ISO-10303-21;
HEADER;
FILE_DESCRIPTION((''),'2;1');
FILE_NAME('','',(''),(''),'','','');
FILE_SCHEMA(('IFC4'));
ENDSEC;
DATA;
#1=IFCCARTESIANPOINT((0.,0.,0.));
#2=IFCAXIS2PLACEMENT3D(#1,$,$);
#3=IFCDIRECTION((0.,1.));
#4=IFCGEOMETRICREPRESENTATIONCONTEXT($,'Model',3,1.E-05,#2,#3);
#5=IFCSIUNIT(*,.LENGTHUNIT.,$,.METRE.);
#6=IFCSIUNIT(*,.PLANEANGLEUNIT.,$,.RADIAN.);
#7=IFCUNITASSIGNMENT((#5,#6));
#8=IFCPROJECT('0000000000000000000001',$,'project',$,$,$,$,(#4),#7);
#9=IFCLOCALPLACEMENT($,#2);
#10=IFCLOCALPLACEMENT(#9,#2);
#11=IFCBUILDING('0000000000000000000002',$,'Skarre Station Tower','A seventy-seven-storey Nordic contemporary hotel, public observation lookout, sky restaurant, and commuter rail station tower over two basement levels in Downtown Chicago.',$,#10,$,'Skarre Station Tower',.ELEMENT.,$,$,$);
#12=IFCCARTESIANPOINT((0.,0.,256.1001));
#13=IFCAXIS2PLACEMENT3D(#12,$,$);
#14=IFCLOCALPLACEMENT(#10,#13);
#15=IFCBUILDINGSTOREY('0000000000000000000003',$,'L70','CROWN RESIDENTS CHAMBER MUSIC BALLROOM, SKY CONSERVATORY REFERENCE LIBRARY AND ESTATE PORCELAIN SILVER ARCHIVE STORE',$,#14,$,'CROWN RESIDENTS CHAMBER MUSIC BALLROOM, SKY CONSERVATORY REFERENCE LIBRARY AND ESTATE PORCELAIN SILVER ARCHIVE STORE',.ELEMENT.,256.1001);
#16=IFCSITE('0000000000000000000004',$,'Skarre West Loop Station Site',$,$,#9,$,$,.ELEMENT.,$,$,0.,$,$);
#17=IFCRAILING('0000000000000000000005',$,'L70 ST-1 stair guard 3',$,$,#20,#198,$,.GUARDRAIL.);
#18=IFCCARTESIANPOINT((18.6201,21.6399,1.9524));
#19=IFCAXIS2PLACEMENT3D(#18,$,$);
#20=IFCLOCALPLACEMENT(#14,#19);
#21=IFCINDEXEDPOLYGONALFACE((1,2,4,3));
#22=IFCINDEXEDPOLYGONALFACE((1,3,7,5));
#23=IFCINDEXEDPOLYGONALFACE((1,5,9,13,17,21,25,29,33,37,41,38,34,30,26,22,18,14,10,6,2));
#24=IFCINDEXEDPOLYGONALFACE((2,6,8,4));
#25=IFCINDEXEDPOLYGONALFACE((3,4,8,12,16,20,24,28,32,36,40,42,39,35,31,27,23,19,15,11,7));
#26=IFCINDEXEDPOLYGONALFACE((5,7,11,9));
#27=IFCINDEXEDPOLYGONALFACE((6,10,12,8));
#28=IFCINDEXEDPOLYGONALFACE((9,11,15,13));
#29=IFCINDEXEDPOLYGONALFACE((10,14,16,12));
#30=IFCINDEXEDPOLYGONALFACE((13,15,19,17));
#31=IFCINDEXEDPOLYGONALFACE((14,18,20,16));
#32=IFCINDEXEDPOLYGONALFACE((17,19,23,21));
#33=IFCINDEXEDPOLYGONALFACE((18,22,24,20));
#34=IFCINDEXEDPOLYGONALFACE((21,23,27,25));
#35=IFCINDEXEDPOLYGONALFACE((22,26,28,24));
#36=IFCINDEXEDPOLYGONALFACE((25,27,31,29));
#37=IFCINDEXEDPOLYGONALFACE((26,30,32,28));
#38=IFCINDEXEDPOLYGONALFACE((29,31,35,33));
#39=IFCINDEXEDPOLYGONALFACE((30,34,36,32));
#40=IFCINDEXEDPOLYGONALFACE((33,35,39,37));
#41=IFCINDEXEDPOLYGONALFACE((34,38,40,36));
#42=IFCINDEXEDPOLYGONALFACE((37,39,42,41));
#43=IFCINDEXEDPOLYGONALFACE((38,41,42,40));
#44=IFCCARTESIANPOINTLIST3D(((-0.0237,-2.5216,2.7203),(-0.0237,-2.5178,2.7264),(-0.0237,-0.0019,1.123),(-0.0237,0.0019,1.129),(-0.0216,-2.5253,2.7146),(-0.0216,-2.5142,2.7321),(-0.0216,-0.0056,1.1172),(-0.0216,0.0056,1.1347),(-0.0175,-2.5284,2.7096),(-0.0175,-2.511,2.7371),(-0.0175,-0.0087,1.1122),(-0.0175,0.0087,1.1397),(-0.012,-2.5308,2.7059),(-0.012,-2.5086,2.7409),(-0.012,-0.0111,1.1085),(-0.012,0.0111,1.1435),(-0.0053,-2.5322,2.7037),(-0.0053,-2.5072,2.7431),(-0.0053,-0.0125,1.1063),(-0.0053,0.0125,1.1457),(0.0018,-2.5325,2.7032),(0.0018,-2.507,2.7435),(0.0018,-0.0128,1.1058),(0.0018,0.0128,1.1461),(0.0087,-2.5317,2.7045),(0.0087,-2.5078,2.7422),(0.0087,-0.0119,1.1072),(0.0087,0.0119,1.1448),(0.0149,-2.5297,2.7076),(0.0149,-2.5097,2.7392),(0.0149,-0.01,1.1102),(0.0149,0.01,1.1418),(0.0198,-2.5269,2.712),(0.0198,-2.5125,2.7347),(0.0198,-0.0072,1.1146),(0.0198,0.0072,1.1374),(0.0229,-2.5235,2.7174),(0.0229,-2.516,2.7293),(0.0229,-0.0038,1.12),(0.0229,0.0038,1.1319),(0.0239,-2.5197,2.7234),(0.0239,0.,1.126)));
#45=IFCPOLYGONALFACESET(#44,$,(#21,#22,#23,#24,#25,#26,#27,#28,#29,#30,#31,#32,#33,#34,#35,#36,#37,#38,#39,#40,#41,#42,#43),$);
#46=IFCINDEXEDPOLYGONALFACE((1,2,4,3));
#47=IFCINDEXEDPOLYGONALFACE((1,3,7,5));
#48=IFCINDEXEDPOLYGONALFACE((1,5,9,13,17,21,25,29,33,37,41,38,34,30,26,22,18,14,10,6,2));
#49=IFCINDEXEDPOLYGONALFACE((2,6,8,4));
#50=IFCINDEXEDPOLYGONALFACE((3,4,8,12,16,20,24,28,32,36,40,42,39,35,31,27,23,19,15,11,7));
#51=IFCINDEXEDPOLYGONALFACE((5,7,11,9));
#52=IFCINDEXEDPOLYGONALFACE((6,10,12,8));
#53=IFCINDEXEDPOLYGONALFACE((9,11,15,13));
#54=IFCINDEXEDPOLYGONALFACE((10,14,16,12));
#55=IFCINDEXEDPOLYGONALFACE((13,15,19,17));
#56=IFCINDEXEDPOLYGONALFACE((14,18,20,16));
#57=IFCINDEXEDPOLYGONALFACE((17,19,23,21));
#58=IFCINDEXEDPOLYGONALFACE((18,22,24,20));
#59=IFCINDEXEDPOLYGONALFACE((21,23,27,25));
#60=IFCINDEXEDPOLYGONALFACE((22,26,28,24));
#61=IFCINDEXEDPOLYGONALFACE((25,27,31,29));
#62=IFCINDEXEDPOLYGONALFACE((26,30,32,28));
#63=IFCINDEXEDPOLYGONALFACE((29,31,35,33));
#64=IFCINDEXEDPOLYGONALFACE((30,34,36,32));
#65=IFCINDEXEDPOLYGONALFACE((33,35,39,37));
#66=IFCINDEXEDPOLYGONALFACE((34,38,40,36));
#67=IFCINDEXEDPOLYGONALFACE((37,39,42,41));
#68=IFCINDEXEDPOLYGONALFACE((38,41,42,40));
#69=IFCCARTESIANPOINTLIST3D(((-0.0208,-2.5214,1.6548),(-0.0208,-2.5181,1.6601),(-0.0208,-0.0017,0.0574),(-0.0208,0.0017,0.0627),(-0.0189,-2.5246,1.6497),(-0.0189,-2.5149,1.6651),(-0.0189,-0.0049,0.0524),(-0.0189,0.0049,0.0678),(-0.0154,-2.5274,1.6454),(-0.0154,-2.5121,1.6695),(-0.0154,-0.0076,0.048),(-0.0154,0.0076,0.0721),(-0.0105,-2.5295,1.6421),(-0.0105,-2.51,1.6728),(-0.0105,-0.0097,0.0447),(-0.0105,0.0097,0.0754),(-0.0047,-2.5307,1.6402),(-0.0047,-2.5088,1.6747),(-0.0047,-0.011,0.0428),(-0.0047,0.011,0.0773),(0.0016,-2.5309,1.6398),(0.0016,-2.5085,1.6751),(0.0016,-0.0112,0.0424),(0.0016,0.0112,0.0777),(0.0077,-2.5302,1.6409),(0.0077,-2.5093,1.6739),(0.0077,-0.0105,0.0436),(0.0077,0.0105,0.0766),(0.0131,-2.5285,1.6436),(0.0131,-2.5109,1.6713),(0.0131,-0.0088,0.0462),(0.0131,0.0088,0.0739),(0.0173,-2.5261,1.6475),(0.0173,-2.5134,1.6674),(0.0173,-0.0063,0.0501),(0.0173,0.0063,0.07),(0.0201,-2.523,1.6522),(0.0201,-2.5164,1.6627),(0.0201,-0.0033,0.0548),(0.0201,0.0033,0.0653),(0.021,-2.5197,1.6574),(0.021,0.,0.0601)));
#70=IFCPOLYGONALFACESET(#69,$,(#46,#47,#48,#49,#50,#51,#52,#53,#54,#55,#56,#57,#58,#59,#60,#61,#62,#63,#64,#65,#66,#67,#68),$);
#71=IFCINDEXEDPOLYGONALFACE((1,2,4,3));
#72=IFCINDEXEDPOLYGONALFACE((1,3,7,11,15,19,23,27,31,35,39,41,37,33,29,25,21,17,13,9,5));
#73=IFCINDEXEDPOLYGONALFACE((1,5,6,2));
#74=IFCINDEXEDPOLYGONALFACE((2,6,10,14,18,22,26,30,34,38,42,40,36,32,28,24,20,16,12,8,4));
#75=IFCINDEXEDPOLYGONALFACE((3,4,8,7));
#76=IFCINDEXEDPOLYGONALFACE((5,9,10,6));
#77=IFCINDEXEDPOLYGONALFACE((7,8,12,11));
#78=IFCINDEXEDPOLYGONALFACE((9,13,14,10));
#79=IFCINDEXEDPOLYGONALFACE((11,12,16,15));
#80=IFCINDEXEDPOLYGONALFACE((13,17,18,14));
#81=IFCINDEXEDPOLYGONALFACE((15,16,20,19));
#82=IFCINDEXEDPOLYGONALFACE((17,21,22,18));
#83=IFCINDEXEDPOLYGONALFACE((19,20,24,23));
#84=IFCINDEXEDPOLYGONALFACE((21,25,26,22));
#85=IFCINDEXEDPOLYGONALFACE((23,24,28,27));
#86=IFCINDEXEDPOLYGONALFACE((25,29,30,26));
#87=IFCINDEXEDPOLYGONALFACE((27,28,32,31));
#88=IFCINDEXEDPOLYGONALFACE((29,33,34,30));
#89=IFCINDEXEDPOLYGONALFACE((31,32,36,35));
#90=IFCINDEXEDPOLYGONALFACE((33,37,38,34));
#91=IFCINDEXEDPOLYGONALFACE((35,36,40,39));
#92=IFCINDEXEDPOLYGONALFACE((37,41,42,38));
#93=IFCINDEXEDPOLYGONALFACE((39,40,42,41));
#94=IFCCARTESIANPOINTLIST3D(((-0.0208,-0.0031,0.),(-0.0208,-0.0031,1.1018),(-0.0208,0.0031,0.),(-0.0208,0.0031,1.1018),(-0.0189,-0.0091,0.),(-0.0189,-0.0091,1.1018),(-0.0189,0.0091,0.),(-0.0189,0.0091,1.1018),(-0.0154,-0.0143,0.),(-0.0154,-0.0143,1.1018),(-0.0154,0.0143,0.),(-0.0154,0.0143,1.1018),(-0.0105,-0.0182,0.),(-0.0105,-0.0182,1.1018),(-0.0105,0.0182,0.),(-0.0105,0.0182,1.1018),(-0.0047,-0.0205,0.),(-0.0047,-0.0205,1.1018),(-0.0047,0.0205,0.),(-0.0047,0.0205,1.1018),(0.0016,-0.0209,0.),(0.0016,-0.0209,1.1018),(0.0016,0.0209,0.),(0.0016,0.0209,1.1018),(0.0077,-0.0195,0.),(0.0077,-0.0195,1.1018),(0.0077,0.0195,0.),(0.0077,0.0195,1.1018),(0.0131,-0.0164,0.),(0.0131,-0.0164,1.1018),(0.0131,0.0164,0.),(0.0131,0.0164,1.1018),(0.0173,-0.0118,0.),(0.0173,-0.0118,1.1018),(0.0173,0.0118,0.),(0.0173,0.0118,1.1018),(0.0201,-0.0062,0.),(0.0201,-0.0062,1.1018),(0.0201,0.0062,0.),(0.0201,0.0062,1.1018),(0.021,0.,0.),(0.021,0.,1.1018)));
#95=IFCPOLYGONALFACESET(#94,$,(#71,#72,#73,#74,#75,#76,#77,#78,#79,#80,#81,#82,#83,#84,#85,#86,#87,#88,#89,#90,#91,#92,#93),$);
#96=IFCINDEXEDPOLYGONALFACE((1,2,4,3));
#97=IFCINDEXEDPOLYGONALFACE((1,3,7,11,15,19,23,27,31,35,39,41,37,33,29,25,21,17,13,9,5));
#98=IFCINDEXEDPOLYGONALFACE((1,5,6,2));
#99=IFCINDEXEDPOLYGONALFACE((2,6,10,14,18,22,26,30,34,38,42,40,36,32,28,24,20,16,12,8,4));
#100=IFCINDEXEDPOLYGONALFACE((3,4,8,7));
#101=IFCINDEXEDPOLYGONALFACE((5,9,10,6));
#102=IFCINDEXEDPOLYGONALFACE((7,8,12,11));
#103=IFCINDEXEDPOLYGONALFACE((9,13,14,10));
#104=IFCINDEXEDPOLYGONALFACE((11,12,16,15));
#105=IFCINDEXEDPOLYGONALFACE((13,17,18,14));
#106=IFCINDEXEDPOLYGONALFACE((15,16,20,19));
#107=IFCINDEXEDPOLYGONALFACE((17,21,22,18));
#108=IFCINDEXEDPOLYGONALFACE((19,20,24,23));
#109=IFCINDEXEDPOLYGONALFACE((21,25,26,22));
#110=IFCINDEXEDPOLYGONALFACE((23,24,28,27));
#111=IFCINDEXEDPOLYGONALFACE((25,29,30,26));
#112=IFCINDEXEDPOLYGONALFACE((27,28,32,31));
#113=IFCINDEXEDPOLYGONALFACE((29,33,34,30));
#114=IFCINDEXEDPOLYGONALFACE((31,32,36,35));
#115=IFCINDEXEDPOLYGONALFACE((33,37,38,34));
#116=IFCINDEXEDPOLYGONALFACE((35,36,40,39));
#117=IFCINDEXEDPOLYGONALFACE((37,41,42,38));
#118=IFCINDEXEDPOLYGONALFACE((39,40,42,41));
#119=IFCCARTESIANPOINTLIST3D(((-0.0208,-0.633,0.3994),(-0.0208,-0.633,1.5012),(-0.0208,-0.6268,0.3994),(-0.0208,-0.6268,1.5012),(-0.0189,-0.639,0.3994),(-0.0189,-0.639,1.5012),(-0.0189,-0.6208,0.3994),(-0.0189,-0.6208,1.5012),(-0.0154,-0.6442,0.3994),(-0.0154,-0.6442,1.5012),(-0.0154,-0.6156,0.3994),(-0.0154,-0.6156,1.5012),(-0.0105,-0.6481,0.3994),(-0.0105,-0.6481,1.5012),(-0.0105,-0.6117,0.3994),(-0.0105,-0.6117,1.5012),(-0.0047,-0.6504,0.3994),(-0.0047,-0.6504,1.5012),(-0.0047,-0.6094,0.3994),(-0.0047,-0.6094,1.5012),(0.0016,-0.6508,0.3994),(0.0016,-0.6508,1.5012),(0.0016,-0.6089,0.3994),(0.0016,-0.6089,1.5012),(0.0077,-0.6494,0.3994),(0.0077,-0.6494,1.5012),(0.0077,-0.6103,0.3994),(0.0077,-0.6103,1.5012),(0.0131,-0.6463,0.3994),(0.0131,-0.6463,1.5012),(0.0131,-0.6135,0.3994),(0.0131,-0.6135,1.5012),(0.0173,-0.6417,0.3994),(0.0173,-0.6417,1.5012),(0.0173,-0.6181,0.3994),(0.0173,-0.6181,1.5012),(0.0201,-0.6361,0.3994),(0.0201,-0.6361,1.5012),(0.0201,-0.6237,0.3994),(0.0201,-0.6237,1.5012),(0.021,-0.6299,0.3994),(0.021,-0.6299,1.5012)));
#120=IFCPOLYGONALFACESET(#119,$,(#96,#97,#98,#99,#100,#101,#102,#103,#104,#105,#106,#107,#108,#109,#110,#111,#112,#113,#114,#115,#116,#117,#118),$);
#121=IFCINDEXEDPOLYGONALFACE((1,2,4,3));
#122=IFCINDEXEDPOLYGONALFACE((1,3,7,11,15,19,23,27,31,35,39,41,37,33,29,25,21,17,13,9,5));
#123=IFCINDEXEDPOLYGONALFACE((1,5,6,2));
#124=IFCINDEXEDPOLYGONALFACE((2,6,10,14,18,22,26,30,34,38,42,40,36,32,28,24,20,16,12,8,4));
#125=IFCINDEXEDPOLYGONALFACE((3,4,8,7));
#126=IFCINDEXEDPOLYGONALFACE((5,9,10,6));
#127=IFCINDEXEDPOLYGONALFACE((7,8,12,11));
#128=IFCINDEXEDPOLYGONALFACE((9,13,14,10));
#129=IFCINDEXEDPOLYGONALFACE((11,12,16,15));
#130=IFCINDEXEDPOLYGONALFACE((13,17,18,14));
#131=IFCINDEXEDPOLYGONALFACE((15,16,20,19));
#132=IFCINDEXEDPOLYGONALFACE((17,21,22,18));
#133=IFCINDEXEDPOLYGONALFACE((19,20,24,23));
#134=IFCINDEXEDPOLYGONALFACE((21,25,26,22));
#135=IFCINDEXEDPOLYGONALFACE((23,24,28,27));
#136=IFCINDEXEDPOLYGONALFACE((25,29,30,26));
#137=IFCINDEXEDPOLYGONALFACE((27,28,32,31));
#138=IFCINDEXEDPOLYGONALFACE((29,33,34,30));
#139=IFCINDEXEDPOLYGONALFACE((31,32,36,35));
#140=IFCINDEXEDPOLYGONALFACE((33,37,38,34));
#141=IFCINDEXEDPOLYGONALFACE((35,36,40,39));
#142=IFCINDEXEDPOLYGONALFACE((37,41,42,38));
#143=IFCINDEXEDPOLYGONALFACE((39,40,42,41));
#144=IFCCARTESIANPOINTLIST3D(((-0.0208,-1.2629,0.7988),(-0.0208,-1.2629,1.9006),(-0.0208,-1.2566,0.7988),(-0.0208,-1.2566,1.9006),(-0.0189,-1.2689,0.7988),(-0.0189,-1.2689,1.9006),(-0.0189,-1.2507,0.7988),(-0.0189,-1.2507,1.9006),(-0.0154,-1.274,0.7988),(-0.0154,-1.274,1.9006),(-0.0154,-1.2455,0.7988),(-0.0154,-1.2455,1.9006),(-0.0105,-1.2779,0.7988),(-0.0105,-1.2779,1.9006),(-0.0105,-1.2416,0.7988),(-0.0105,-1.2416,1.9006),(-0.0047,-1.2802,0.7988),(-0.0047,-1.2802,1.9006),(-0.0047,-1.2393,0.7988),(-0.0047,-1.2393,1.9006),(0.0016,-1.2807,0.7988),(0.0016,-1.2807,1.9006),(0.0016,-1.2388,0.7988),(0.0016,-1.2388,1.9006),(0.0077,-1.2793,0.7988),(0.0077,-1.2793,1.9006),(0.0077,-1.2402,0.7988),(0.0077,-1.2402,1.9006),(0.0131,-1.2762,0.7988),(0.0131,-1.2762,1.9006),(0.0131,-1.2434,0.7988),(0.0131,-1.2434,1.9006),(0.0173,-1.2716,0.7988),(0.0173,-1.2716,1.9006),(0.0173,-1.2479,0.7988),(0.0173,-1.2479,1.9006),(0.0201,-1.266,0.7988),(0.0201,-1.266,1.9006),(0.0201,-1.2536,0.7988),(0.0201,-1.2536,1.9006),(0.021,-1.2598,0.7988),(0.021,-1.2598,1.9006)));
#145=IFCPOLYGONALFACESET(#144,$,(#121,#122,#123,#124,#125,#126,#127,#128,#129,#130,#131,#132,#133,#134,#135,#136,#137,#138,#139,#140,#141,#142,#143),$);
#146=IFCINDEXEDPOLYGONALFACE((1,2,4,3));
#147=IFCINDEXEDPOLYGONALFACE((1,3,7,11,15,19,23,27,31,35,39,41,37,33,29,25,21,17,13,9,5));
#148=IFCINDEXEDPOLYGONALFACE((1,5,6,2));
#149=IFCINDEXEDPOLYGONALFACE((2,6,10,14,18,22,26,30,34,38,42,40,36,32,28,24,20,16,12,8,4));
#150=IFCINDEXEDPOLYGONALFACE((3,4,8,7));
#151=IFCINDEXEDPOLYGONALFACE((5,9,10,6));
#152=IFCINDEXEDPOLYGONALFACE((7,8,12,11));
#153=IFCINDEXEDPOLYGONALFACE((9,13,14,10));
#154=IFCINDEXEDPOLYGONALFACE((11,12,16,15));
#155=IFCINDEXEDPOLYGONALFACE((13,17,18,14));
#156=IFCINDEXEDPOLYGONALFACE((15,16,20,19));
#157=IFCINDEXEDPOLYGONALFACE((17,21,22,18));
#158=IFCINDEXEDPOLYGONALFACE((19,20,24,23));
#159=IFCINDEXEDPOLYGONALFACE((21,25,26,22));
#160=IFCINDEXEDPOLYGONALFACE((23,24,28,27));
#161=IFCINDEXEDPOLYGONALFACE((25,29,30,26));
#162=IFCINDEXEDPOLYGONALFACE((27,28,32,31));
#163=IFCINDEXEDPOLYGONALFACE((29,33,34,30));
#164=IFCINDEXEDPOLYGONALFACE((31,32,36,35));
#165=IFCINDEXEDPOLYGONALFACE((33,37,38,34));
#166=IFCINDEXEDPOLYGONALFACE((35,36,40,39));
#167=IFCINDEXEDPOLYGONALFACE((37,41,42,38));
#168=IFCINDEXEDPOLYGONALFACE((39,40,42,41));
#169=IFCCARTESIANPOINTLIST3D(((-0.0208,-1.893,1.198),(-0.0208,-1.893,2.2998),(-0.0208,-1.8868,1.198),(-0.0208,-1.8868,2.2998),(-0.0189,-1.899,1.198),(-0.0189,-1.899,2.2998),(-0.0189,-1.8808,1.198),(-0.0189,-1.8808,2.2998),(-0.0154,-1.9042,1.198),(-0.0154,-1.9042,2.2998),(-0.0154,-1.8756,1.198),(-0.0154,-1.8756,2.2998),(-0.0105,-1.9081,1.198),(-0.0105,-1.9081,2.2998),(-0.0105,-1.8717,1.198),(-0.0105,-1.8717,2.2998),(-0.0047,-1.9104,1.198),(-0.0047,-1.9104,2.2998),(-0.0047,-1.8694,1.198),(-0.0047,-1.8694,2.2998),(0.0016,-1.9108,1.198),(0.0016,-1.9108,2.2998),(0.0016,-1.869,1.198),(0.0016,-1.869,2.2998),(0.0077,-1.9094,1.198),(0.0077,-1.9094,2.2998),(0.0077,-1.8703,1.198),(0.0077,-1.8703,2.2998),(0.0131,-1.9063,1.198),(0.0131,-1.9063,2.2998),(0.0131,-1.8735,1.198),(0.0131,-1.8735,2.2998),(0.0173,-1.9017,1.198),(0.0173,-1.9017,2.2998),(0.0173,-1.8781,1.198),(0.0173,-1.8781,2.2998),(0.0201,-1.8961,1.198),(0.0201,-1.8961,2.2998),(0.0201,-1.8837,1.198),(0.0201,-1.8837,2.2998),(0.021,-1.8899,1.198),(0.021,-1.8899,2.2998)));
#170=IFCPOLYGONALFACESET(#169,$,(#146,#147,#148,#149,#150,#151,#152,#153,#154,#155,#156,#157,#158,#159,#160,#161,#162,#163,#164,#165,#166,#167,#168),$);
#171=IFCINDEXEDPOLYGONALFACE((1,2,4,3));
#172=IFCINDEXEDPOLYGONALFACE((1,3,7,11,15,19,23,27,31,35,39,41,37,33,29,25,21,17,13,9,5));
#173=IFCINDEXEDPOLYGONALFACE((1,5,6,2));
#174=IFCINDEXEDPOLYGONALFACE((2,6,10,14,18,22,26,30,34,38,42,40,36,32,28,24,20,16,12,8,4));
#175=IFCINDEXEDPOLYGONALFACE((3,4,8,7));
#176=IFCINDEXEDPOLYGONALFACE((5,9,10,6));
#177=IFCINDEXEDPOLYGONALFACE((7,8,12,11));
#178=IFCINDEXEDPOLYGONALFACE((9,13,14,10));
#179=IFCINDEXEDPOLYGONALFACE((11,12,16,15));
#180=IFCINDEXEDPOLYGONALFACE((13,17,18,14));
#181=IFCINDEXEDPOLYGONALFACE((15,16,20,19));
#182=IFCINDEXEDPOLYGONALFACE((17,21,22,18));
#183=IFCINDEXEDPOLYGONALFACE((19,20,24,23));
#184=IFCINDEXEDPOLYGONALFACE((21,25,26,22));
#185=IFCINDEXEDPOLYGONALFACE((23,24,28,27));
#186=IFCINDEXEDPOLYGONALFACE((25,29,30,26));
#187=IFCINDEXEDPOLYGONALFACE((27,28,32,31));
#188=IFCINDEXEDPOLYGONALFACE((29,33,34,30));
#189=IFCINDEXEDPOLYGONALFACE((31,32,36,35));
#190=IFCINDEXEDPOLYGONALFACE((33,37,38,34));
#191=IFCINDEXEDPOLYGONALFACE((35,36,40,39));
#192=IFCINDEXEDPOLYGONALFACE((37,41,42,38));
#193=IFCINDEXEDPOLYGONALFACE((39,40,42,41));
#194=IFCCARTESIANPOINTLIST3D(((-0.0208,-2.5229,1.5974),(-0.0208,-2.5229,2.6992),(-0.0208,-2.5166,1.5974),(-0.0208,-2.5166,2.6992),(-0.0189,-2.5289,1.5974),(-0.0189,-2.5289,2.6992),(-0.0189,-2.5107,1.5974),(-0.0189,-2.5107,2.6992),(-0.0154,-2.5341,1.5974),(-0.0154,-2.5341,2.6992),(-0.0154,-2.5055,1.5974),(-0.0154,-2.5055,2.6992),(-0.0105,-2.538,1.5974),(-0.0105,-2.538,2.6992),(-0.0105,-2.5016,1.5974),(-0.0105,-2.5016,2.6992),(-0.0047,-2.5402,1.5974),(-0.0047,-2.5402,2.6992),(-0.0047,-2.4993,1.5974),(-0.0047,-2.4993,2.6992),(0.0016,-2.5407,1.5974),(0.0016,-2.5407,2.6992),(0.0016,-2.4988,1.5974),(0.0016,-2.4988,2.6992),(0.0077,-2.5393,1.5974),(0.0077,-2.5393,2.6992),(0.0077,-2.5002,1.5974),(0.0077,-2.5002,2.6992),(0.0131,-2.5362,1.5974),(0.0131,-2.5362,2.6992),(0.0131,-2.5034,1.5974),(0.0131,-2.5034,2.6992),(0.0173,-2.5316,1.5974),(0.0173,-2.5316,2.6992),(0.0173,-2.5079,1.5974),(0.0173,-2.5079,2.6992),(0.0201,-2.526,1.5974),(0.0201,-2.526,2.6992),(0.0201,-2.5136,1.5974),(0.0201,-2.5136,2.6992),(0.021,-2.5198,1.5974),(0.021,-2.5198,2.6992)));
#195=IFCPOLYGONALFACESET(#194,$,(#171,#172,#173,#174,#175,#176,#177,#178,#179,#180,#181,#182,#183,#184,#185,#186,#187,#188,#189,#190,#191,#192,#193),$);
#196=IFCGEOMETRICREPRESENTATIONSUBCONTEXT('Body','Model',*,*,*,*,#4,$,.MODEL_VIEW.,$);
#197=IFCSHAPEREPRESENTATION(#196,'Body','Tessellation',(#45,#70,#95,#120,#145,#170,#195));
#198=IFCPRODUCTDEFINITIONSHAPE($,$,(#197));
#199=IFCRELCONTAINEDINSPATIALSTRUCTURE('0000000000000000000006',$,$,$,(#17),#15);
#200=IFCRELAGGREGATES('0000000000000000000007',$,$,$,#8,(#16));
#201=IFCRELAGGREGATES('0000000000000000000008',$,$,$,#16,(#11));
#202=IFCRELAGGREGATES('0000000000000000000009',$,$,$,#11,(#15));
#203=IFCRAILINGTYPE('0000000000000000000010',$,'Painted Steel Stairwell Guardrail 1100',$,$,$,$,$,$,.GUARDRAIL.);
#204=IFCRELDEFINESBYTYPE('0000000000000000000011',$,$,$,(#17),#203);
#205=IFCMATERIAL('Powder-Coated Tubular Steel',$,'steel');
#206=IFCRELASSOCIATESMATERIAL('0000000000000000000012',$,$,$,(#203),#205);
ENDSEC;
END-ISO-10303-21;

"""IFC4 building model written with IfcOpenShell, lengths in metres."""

from ifc_helpers import new_model, si_unit, direction, frame, origin, origin_2d, place, context, subcontext, project, spatial, circle, extrude, material, type_object, element, save


model = new_model("IFC4")

# Units and contexts
model_context = context("Model", 3, precision=1e-05, world=origin(), true_north=direction((0.0, 1.0)))
body_context = subcontext(model_context, "Body", "Model", "MODEL_VIEW")
ifc_project = project(units=[si_unit("LENGTHUNIT", "METRE"), si_unit("PLANEANGLEUNIT", "RADIAN")], contexts=[model_context])

# Site, building, storey
site_placement = place(None, origin())
site = spatial("IfcSite", under=ifc_project, at=site_placement, Name="Skarre West Loop Station Site", CompositionType="ELEMENT", RefElevation=0.0)
building_placement = place(site_placement, origin())
building = spatial("IfcBuilding", under=site, at=building_placement, Name="Skarre Station Tower", Description="A seventy-seven-storey Nordic contemporary hotel, public observation lookout, sky restaurant, and commuter rail station tower over two basement levels in Downtown Chicago.", LongName="Skarre Station Tower", CompositionType="ELEMENT")
storey_placement = place(building_placement, frame((0.0, 0.0, 256.1001)))
storey = spatial("IfcBuildingStorey", under=building, at=storey_placement, Name="L70", Description="CROWN RESIDENTS CHAMBER MUSIC BALLROOM, SKY CONSERVATORY REFERENCE LIBRARY AND ESTATE PORCELAIN SILVER ARCHIVE STORE", LongName="CROWN RESIDENTS CHAMBER MUSIC BALLROOM, SKY CONSERVATORY REFERENCE LIBRARY AND ESTATE PORCELAIN SILVER ARCHIVE STORE", CompositionType="ELEMENT", Elevation=256.1001)

# Railing
ifc_material_1 = material(Name="Powder-Coated Tubular Steel", Category="steel")
railing_type_1 = type_object("IfcRailingType", Name="Painted Steel Stairwell Guardrail 1100", PredefinedType="GUARDRAIL", material=ifc_material_1)
railing_1_placement = place(storey_placement, frame((18.6201, 21.6399, 1.9524)))
element("IfcRailing", 1, at=railing_1_placement, inside=storey, type_object=railing_type_1, Name="L70 ST-1 stair guard 3", PredefinedType="GUARDRAIL", context=body_context, shape_type="SweptSolid", body=[
    extrude(circle(Radius=0.0239, at=origin_2d()), frame((0.0, 0.0, 1.126), z_axis=(0.0, -0.844583, 0.535424), x_axis=(1.0, 0.0, 0.0)), (0.0, 0.0, 1.0), 2.9834),
    extrude(circle(Radius=0.021, at=origin_2d()), frame((0.0, 0.0, 0.0601), z_axis=(0.0, -0.844583, 0.535424), x_axis=(1.0, 0.0, 0.0)), (0.0, 0.0, 1.0), 2.9834),
    extrude(circle(Radius=0.021, at=origin_2d()), origin(), (0.0, 0.0, 1.0), 1.1018),
    extrude(circle(Radius=0.021, at=origin_2d()), frame((0.0, -0.6299, 0.3994)), (0.0, 0.0, 1.0), 1.1018),
    extrude(circle(Radius=0.021, at=origin_2d()), frame((0.0, -1.2598, 0.7988)), (0.0, 0.0, 1.0), 1.1018),
    extrude(circle(Radius=0.021, at=origin_2d()), frame((0.0, -1.8899, 1.198)), (0.0, 0.0, 1.0), 1.1018),
    extrude(circle(Radius=0.021, at=origin_2d()), frame((0.0, -2.5198, 1.5974)), (0.0, 0.0, 1.0), 1.1018),
])

save(model, "model.ifc")
